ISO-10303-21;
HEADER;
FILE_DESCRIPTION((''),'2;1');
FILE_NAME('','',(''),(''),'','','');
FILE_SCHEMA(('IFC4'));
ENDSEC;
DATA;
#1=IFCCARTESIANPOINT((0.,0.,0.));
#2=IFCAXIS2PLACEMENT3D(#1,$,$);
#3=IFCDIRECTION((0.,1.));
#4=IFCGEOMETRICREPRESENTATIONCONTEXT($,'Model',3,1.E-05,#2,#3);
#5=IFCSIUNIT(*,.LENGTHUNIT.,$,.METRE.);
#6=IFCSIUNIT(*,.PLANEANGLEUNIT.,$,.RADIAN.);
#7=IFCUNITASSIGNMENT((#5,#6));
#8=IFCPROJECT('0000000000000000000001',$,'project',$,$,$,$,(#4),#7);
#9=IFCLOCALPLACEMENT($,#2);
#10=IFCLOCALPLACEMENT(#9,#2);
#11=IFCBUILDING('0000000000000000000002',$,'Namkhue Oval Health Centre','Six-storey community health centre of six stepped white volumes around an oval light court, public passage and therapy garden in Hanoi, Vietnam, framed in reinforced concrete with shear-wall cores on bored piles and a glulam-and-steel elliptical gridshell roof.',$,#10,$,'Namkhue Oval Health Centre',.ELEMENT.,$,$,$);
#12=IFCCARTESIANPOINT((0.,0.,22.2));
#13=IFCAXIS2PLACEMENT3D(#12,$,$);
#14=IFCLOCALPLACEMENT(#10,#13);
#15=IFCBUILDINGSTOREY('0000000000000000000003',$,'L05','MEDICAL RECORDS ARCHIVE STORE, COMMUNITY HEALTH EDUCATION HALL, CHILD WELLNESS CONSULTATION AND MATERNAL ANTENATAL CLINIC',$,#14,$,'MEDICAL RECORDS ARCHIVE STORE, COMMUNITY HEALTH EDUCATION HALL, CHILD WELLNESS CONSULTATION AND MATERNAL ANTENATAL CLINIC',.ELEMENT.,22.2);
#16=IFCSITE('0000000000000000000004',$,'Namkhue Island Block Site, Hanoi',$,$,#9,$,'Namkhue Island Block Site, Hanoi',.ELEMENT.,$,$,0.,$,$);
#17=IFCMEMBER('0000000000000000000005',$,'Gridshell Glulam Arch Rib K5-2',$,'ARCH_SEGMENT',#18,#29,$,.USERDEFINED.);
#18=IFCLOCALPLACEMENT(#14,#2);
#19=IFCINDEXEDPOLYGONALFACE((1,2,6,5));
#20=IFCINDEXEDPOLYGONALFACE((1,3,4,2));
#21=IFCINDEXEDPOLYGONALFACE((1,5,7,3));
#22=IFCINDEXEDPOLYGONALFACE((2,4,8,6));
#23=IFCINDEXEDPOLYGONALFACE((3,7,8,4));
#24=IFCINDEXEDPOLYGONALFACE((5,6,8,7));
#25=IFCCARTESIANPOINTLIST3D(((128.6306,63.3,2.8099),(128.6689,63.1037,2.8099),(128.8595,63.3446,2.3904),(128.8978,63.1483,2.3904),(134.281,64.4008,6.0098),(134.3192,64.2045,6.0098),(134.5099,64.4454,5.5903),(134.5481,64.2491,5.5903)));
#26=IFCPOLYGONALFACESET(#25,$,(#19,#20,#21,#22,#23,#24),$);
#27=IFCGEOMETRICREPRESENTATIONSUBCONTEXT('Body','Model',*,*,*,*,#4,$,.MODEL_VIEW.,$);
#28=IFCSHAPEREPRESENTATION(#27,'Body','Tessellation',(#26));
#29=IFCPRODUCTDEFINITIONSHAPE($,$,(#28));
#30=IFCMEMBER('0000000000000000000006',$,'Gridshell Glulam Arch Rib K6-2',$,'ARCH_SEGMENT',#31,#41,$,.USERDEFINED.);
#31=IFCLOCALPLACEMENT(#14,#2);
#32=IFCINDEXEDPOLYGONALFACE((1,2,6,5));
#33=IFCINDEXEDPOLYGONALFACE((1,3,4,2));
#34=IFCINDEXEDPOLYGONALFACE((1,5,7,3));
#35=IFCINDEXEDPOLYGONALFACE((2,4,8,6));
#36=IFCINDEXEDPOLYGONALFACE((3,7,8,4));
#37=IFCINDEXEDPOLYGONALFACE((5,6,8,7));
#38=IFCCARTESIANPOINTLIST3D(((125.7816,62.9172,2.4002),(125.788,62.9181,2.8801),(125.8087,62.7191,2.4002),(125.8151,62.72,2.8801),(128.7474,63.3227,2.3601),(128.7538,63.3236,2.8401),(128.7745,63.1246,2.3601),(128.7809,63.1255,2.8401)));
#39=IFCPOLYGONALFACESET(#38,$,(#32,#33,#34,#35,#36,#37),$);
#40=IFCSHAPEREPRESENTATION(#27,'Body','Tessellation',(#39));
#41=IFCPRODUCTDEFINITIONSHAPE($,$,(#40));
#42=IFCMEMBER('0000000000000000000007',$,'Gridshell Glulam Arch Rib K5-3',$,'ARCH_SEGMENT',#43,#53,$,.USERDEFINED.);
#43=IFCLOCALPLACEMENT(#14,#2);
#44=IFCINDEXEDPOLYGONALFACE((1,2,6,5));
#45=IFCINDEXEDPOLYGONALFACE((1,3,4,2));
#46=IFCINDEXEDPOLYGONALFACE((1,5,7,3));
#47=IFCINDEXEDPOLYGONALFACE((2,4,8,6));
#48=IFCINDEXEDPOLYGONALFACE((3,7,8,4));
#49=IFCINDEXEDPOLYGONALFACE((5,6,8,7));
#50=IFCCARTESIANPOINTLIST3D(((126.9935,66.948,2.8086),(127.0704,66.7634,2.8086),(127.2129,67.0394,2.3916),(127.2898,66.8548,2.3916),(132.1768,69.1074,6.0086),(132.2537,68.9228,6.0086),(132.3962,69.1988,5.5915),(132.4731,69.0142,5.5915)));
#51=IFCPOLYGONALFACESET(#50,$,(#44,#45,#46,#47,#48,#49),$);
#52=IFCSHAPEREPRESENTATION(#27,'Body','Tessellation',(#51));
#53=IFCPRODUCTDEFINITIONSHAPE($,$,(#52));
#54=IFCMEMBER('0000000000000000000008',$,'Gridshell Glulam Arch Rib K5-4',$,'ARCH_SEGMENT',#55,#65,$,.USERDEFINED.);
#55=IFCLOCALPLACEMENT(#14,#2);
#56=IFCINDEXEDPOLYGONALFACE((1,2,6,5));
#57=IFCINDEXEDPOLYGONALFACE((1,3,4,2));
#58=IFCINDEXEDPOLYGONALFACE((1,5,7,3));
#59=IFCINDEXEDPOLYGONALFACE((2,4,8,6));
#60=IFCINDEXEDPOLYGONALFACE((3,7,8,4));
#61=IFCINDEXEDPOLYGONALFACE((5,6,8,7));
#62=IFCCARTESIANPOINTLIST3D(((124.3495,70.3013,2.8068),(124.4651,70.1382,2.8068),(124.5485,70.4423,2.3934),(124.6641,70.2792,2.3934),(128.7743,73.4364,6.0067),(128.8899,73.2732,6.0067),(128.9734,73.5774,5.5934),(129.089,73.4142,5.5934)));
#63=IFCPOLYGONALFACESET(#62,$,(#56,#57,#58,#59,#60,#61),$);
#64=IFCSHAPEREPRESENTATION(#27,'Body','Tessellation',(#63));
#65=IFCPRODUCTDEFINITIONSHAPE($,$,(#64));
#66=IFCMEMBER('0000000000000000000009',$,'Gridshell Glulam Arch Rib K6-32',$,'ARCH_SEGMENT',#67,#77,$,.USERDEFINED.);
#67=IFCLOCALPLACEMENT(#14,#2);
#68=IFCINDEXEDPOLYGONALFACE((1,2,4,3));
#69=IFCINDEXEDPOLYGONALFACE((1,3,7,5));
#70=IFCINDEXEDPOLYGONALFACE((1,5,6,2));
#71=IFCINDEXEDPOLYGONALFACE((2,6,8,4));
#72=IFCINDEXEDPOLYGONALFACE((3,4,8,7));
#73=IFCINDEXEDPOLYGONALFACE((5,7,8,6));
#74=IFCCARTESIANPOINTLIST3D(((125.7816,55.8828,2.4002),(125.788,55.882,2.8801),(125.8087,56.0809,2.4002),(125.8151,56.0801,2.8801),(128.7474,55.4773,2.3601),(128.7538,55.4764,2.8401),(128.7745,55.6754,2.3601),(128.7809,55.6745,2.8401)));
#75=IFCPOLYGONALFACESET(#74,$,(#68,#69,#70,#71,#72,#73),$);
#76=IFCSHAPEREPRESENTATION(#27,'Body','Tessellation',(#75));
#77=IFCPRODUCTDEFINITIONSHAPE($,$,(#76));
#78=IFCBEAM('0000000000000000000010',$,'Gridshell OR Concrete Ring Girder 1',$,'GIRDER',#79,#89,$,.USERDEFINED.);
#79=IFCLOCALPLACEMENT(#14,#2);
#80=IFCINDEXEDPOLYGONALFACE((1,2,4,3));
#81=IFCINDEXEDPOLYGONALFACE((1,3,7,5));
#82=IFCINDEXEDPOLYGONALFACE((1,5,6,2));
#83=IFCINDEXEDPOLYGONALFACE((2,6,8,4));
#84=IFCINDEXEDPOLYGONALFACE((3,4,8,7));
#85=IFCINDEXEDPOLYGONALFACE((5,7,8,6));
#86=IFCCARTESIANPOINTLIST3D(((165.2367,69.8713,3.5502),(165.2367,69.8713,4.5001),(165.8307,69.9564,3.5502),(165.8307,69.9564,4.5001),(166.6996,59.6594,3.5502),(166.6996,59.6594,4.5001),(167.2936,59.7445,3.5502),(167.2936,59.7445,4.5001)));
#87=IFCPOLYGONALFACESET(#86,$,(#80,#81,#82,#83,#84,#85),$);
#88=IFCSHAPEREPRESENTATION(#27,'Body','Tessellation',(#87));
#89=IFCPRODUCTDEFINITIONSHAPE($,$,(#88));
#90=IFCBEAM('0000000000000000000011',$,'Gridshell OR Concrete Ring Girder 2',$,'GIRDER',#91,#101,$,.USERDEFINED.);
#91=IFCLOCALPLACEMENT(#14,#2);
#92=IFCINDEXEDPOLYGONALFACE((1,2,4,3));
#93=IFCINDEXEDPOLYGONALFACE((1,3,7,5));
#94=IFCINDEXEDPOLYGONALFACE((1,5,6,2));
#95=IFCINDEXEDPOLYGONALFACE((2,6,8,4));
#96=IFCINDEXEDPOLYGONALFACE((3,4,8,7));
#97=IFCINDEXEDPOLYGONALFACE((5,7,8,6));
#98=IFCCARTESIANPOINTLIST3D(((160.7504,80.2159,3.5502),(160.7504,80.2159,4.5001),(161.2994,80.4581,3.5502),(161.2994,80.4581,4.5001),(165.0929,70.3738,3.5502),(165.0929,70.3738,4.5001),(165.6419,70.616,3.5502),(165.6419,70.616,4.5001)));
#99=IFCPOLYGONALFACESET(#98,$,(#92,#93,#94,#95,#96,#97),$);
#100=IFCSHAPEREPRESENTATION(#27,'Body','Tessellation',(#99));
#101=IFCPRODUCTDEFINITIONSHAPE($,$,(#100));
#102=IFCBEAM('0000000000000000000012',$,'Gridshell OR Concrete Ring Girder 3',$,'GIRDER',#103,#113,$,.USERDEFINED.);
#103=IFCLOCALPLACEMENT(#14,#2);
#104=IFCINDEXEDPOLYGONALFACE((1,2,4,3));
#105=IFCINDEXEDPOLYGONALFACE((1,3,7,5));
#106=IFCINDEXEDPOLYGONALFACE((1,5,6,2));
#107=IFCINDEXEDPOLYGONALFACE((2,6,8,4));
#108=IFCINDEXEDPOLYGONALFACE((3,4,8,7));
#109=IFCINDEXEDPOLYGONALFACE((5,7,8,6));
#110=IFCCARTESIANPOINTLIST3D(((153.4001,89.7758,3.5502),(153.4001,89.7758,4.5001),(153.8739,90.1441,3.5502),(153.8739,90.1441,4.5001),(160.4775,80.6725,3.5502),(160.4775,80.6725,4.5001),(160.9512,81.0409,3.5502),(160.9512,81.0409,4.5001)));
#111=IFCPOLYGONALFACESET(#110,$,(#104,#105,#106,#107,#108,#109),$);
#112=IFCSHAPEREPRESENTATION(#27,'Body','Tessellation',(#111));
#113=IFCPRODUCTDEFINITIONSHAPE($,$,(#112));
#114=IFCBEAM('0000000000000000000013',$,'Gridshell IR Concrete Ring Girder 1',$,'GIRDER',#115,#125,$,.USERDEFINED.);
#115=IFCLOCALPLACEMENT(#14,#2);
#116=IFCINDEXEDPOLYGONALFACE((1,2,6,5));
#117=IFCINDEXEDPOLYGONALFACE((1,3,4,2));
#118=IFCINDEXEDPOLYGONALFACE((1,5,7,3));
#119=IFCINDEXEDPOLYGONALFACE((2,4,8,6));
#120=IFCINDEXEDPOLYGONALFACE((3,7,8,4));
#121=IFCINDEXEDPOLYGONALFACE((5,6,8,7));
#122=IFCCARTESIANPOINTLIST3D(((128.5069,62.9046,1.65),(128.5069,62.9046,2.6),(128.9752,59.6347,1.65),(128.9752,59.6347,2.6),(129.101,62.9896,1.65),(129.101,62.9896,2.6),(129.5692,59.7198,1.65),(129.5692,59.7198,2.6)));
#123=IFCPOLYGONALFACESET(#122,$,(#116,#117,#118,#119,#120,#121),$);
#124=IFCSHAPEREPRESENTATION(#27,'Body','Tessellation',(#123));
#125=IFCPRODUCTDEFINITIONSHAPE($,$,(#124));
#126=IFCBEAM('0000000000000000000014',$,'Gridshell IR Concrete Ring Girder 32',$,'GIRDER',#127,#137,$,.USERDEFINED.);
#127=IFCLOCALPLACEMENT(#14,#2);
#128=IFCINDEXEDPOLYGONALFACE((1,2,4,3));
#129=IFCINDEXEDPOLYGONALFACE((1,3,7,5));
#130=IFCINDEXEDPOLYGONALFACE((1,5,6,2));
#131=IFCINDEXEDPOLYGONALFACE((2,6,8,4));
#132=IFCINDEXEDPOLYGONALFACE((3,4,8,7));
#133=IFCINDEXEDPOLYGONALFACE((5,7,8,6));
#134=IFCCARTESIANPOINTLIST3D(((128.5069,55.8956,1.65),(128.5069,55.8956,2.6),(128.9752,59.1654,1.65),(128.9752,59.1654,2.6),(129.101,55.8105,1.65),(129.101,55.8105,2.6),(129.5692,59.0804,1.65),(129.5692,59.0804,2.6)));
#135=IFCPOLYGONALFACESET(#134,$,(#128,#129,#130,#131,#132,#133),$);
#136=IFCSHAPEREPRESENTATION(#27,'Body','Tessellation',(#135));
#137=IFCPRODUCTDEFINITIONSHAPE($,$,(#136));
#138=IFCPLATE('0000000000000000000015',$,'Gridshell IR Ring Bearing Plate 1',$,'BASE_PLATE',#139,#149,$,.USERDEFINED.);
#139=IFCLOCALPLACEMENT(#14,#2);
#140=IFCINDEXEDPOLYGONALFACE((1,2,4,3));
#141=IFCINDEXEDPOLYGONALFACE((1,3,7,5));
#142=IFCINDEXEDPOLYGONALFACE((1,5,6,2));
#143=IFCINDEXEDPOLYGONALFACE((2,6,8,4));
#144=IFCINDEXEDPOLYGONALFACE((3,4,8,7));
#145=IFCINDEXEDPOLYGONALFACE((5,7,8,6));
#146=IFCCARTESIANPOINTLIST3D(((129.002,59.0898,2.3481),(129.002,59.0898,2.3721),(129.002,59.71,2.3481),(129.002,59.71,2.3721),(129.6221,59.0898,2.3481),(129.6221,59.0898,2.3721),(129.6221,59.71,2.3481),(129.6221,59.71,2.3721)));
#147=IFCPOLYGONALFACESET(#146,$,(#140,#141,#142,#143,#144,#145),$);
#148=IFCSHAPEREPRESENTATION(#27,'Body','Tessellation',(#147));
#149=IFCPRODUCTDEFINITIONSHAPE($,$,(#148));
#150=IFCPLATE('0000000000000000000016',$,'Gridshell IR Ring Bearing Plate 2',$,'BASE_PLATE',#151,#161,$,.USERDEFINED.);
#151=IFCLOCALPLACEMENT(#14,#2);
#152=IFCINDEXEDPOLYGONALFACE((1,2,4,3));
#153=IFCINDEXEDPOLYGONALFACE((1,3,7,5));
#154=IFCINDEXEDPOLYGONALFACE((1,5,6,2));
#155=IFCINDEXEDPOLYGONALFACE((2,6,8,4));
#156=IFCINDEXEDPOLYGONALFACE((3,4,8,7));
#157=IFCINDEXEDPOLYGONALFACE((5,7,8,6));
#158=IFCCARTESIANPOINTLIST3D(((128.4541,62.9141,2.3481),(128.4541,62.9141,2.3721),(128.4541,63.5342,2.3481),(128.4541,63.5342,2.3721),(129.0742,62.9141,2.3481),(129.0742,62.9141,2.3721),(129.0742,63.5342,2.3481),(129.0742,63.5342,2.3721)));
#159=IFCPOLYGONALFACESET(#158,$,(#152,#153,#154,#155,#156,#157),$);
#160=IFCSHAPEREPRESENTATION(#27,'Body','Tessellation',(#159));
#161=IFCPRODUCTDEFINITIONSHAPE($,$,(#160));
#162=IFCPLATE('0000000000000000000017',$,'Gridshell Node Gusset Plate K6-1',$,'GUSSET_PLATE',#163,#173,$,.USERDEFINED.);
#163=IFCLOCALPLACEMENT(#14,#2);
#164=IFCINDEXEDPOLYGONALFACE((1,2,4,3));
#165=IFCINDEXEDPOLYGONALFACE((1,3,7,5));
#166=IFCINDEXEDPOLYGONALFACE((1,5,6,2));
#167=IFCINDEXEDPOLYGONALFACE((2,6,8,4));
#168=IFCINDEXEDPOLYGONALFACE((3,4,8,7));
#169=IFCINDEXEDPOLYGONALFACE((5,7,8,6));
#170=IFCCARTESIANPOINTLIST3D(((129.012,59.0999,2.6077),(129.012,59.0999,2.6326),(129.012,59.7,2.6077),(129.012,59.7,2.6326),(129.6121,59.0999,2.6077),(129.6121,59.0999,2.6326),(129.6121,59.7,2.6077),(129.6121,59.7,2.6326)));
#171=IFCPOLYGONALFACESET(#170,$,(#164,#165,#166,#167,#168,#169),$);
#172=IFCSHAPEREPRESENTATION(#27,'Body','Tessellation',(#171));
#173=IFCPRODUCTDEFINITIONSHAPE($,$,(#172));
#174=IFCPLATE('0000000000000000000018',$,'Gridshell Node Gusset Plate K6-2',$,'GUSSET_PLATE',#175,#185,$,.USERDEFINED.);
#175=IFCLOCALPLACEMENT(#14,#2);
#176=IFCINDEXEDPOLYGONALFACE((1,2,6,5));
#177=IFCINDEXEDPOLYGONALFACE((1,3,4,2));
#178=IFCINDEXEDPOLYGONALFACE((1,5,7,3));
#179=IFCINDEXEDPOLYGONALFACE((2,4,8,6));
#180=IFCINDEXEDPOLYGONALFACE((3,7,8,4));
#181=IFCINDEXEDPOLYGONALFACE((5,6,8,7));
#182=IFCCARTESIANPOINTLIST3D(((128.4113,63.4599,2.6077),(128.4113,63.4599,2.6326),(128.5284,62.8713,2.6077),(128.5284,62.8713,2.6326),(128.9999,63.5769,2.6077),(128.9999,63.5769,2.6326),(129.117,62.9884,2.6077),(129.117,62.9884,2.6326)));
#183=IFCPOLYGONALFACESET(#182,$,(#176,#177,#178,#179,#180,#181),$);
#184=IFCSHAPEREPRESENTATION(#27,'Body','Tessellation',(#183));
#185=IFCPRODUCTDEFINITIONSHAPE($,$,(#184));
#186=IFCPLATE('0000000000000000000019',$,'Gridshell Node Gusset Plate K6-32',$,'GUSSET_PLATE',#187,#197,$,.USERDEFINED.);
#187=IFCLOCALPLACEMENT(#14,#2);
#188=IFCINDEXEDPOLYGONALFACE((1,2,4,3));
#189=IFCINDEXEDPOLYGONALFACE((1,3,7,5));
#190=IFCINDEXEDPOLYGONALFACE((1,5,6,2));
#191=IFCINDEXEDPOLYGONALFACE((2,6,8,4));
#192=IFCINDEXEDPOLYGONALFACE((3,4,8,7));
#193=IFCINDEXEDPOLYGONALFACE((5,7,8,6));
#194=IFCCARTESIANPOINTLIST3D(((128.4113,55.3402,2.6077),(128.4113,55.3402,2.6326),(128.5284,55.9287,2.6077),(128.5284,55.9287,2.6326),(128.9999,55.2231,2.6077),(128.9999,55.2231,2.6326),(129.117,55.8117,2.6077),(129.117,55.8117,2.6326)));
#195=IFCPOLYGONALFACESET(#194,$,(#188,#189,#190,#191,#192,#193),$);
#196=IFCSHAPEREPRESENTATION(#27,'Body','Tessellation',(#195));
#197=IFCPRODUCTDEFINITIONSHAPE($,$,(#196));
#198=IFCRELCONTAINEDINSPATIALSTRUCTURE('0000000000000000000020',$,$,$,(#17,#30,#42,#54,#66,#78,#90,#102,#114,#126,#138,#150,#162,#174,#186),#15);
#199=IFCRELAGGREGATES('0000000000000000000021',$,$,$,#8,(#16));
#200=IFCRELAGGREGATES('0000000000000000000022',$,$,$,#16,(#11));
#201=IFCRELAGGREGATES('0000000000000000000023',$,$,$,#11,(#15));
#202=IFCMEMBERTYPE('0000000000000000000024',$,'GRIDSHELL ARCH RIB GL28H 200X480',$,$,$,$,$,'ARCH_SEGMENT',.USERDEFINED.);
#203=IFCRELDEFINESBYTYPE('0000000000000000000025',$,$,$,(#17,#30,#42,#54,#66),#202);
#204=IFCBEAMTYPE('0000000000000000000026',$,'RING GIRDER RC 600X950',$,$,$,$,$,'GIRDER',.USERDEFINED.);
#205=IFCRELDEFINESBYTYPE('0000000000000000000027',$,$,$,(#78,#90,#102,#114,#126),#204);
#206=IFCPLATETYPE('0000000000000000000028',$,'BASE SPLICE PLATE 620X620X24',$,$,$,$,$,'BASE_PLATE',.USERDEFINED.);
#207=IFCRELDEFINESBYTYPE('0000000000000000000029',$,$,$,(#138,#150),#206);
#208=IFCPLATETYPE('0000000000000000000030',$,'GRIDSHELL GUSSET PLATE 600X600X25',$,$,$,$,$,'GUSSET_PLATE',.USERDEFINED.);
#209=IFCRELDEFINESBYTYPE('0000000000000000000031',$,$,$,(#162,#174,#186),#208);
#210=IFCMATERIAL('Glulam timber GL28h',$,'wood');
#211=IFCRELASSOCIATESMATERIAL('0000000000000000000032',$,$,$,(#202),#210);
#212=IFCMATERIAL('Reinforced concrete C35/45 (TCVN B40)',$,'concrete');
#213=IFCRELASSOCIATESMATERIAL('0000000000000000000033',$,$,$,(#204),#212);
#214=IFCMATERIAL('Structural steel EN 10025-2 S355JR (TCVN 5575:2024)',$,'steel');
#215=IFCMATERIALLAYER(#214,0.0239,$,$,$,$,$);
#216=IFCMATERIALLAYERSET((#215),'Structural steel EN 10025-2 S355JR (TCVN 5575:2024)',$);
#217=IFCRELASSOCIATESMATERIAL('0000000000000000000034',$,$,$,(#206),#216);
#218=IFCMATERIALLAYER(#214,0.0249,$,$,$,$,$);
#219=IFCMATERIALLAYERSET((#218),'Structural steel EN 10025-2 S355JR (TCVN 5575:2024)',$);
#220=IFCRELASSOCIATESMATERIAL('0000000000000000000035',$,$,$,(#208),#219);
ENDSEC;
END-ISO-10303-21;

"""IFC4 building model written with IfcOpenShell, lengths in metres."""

from ifc_helpers import new_model, si_unit, direction, frame, origin, origin_2d, place, context, subcontext, project, spatial, rectangle, extrude, material, layer, layer_set, material_profile, profile_set, type_object, element, save


model = new_model("IFC4")

# Units and contexts
model_context = context("Model", 3, precision=1e-05, world=origin(), true_north=direction((0.0, 1.0)))
body_context = subcontext(model_context, "Body", "Model", "MODEL_VIEW")
ifc_project = project(units=[si_unit("LENGTHUNIT", "METRE"), si_unit("PLANEANGLEUNIT", "RADIAN")], contexts=[model_context])

# Site, building, storey
site_placement = place(None, origin())
site = spatial("IfcSite", under=ifc_project, at=site_placement, Name="Namkhue Island Block Site, Hanoi", LongName="Namkhue Island Block Site, Hanoi", CompositionType="ELEMENT", RefElevation=0.0)
building_placement = place(site_placement, origin())
building = spatial("IfcBuilding", under=site, at=building_placement, Name="Namkhue Oval Health Centre", Description="Six-storey community health centre of six stepped white volumes around an oval light court, public passage and therapy garden in Hanoi, Vietnam, framed in reinforced concrete with shear-wall cores on bored piles and a glulam-and-steel elliptical gridshell roof.", LongName="Namkhue Oval Health Centre", CompositionType="ELEMENT")
storey_placement = place(building_placement, frame((0.0, 0.0, 22.2)))
storey = spatial("IfcBuildingStorey", under=building, at=storey_placement, Name="L05", Description="MEDICAL RECORDS ARCHIVE STORE, COMMUNITY HEALTH EDUCATION HALL, CHILD WELLNESS CONSULTATION AND MATERNAL ANTENATAL CLINIC", LongName="MEDICAL RECORDS ARCHIVE STORE, COMMUNITY HEALTH EDUCATION HALL, CHILD WELLNESS CONSULTATION AND MATERNAL ANTENATAL CLINIC", CompositionType="ELEMENT", Elevation=22.2)

# Shared definitions
ifc_material_1 = material(Name="Reinforced concrete C35/45 (TCVN B40)", Category="concrete")

# Members
ifc_material_2 = material(Name="Structural steel EN 10025-2 S355JR (TCVN 5575:2024)", Category="steel")
ifc_material_3 = material(Name="Glulam timber GL28h", Category="wood")
ifc_material_profile_1 = material_profile(ifc_material_3, rectangle(XDim=0.2, YDim=0.48, at=origin_2d()), Name="GL28h 200x480")
ifc_profile_set_1 = profile_set([ifc_material_profile_1], Name="Glulam timber GL28h")
member_type_1 = type_object("IfcMemberType", Name="GRIDSHELL ARCH RIB GL28H 200X480", ElementType="ARCH_SEGMENT", PredefinedType="USERDEFINED", material=ifc_profile_set_1)
member_1_placement = place(storey_placement, frame((134.4146, 64.325, 5.8), z_axis=(-0.85791, -0.167141, -0.485855), x_axis=(0.191228, -0.981546, 0.0)))
element("IfcMember", 1, at=member_1_placement, inside=storey, type_object=member_type_1, Name="Gridshell Glulam Arch Rib K5-2", ObjectType="ARCH_SEGMENT", PredefinedType="USERDEFINED", context=body_context, shape_type="SweptSolid", body=[
    extrude(rectangle(XDim=0.2, YDim=0.48, at=origin_2d()), origin(), (0.0, 0.0, 1.0), 6.5862),
])
member_2_placement = place(storey_placement, frame((128.7642, 63.2241, 2.6001), z_axis=(-0.990693, -0.135458, 0.013375), x_axis=(0.13547, -0.990781, 0.0)))
element("IfcMember", 2, at=member_2_placement, inside=storey, type_object=member_type_1, Name="Gridshell Glulam Arch Rib K6-2", ObjectType="ARCH_SEGMENT", PredefinedType="USERDEFINED", context=body_context, shape_type="SweptSolid", body=[
    extrude(rectangle(XDim=0.2, YDim=0.48, at=origin_2d()), origin(), (0.0, 0.0, 1.0), 2.9937),
])
member_3_placement = place(storey_placement, frame((132.325, 69.0608, 5.8), z_axis=(-0.802008, -0.334123, -0.495121), x_axis=(0.384569, -0.923096, 0.0)))
element("IfcMember", 3, at=member_3_placement, inside=storey, type_object=member_type_1, Name="Gridshell Glulam Arch Rib K5-3", ObjectType="ARCH_SEGMENT", PredefinedType="USERDEFINED", context=body_context, shape_type="SweptSolid", body=[
    extrude(rectangle(XDim=0.2, YDim=0.48, at=origin_2d()), origin(), (0.0, 0.0, 1.0), 6.4629),
])
member_4_placement = place(storey_placement, frame((128.9316, 73.4253, 5.8), z_axis=(-0.702732, -0.497891, -0.508205), x_axis=(0.578112, -0.815957, 0.0)))
element("IfcMember", 4, at=member_4_placement, inside=storey, type_object=member_type_1, Name="Gridshell Glulam Arch Rib K5-4", ObjectType="ARCH_SEGMENT", PredefinedType="USERDEFINED", context=body_context, shape_type="SweptSolid", body=[
    extrude(rectangle(XDim=0.2, YDim=0.48, at=origin_2d()), origin(), (0.0, 0.0, 1.0), 6.2966),
])
member_5_placement = place(storey_placement, frame((128.7642, 55.5759, 2.6001), z_axis=(-0.990693, 0.135458, 0.013375), x_axis=(-0.13547, -0.990781, 0.0)))
element("IfcMember", 5, at=member_5_placement, inside=storey, type_object=member_type_1, Name="Gridshell Glulam Arch Rib K6-32", ObjectType="ARCH_SEGMENT", PredefinedType="USERDEFINED", context=body_context, shape_type="SweptSolid", body=[
    extrude(rectangle(XDim=0.2, YDim=0.48, at=origin_2d()), origin(), (0.0, 0.0, 1.0), 2.9937),
])

# Beams
ifc_material_profile_2 = material_profile(ifc_material_1, rectangle(XDim=0.6001, YDim=0.95, at=origin_2d()), Name="RC 600x950")
ifc_profile_set_2 = profile_set([ifc_material_profile_2], Name="Reinforced concrete C35/45 (TCVN B40)")
beam_type = type_object("IfcBeamType", Name="RING GIRDER RC 600X950", ElementType="GIRDER", PredefinedType="USERDEFINED", material=ifc_profile_set_2)
beam_1_placement = place(storey_placement, frame((166.9966, 59.7019, 4.0251), z_axis=(-0.141806, 0.989895, 0.0), x_axis=(-0.989895, -0.141806, 0.0)))
element("IfcBeam", 6, at=beam_1_placement, inside=storey, type_object=beam_type, Name="Gridshell OR Concrete Ring Girder 1", ObjectType="GIRDER", PredefinedType="USERDEFINED", context=body_context, shape_type="SweptSolid", body=[
    extrude(rectangle(XDim=0.6001, YDim=0.95, at=origin_2d()), origin(), (0.0, 0.0, 1.0), 10.3162),
])
beam_2_placement = place(storey_placement, frame((165.3674, 70.4949, 4.0251), z_axis=(-0.403675, 0.914902, 0.0), x_axis=(-0.914902, -0.403675, 0.0)))
element("IfcBeam", 7, at=beam_2_placement, inside=storey, type_object=beam_type, Name="Gridshell OR Concrete Ring Girder 2", ObjectType="GIRDER", PredefinedType="USERDEFINED", context=body_context, shape_type="SweptSolid", body=[
    extrude(rectangle(XDim=0.6001, YDim=0.95, at=origin_2d()), origin(), (0.0, 0.0, 1.0), 10.7576),
])
beam_3_placement = place(storey_placement, frame((160.7144, 80.8567, 4.0251), z_axis=(-0.613782, 0.789475, 0.0), x_axis=(-0.789475, -0.613782, 0.0)))
element("IfcBeam", 8, at=beam_3_placement, inside=storey, type_object=beam_type, Name="Gridshell OR Concrete Ring Girder 3", ObjectType="GIRDER", PredefinedType="USERDEFINED", context=body_context, shape_type="SweptSolid", body=[
    extrude(rectangle(XDim=0.6001, YDim=0.95, at=origin_2d()), origin(), (0.0, 0.0, 1.0), 11.5308),
])
for number, where, z_axis, x_axis, name in (
    (9, (129.2722, 59.6772, 2.125), (-0.141763, 0.989901, 0.0), (-0.989901, -0.141763, 0.0), "Gridshell IR Concrete Ring Girder 1"),
    (10, (128.804, 55.853, 2.125), (0.141763, 0.989901, 0.0), (-0.989901, 0.141763, 0.0), "Gridshell IR Concrete Ring Girder 32"),
):
    element("IfcBeam", number, at=place(storey_placement, frame(where, z_axis=z_axis, x_axis=x_axis)), inside=storey, type_object=beam_type, Name=name, ObjectType="GIRDER", PredefinedType="USERDEFINED", context=body_context, shape_type="SweptSolid", body=[
        extrude(rectangle(XDim=0.6001, YDim=0.95, at=origin_2d()), origin(), (0.0, 0.0, 1.0), 3.3032),
    ])

# Plates
ifc_layer_1 = layer(ifc_material_2, 0.0239)
ifc_layer_set_1 = layer_set([ifc_layer_1], Name="Structural steel EN 10025-2 S355JR (TCVN 5575:2024)")
plate_type_1 = type_object("IfcPlateType", Name="BASE SPLICE PLATE 620X620X24", ElementType="BASE_PLATE", PredefinedType="USERDEFINED", material=ifc_layer_set_1)
for number, where, z_axis, x_axis, name in (
    (11, (129.312, 59.3999, 2.3481), (0.0, 0.0, 1.0), (1.0, 0.0, 0.0), "Gridshell IR Ring Bearing Plate 1"),
    (12, (128.7642, 63.2241, 2.3481), (0.0, 0.0, 1.0), (1.0, 0.0, 0.0), "Gridshell IR Ring Bearing Plate 2"),
):
    element("IfcPlate", number, at=place(storey_placement, frame(where, z_axis=z_axis, x_axis=x_axis)), inside=storey, type_object=plate_type_1, Name=name, ObjectType="BASE_PLATE", PredefinedType="USERDEFINED", context=body_context, shape_type="SweptSolid", body=[
        extrude(rectangle(XDim=0.6201, YDim=0.6201, at=origin_2d()), origin(), (0.0, 0.0, 1.0), 0.0239),
    ])
ifc_layer_2 = layer(ifc_material_2, 0.0249)
ifc_layer_set_2 = layer_set([ifc_layer_2], Name="Structural steel EN 10025-2 S355JR (TCVN 5575:2024)")
plate_type_2 = type_object("IfcPlateType", Name="GRIDSHELL GUSSET PLATE 600X600X25", ElementType="GUSSET_PLATE", PredefinedType="USERDEFINED", material=ifc_layer_set_2)
for number, where, z_axis, x_axis, name in (
    (13, (129.312, 59.3999, 2.6077), (0.0, 0.0, 1.0), (1.0, 0.0, 0.0), "Gridshell Node Gusset Plate K6-1"),
    (14, (128.7642, 63.2241, 2.6077), (0.0, 0.0, 1.0), (0.980785, 0.19509, 0.0), "Gridshell Node Gusset Plate K6-2"),
    (15, (128.7642, 55.5759, 2.6077), (0.0, 0.0, 1.0), (0.980785, -0.19509, 0.0), "Gridshell Node Gusset Plate K6-32"),
):
    element("IfcPlate", number, at=place(storey_placement, frame(where, z_axis=z_axis, x_axis=x_axis)), inside=storey, type_object=plate_type_2, Name=name, ObjectType="GUSSET_PLATE", PredefinedType="USERDEFINED", context=body_context, shape_type="SweptSolid", body=[
        extrude(rectangle(XDim=0.6001, YDim=0.6001, at=origin_2d()), origin(), (0.0, 0.0, 1.0), 0.0249),
    ])

save(model, "model.ifc")
